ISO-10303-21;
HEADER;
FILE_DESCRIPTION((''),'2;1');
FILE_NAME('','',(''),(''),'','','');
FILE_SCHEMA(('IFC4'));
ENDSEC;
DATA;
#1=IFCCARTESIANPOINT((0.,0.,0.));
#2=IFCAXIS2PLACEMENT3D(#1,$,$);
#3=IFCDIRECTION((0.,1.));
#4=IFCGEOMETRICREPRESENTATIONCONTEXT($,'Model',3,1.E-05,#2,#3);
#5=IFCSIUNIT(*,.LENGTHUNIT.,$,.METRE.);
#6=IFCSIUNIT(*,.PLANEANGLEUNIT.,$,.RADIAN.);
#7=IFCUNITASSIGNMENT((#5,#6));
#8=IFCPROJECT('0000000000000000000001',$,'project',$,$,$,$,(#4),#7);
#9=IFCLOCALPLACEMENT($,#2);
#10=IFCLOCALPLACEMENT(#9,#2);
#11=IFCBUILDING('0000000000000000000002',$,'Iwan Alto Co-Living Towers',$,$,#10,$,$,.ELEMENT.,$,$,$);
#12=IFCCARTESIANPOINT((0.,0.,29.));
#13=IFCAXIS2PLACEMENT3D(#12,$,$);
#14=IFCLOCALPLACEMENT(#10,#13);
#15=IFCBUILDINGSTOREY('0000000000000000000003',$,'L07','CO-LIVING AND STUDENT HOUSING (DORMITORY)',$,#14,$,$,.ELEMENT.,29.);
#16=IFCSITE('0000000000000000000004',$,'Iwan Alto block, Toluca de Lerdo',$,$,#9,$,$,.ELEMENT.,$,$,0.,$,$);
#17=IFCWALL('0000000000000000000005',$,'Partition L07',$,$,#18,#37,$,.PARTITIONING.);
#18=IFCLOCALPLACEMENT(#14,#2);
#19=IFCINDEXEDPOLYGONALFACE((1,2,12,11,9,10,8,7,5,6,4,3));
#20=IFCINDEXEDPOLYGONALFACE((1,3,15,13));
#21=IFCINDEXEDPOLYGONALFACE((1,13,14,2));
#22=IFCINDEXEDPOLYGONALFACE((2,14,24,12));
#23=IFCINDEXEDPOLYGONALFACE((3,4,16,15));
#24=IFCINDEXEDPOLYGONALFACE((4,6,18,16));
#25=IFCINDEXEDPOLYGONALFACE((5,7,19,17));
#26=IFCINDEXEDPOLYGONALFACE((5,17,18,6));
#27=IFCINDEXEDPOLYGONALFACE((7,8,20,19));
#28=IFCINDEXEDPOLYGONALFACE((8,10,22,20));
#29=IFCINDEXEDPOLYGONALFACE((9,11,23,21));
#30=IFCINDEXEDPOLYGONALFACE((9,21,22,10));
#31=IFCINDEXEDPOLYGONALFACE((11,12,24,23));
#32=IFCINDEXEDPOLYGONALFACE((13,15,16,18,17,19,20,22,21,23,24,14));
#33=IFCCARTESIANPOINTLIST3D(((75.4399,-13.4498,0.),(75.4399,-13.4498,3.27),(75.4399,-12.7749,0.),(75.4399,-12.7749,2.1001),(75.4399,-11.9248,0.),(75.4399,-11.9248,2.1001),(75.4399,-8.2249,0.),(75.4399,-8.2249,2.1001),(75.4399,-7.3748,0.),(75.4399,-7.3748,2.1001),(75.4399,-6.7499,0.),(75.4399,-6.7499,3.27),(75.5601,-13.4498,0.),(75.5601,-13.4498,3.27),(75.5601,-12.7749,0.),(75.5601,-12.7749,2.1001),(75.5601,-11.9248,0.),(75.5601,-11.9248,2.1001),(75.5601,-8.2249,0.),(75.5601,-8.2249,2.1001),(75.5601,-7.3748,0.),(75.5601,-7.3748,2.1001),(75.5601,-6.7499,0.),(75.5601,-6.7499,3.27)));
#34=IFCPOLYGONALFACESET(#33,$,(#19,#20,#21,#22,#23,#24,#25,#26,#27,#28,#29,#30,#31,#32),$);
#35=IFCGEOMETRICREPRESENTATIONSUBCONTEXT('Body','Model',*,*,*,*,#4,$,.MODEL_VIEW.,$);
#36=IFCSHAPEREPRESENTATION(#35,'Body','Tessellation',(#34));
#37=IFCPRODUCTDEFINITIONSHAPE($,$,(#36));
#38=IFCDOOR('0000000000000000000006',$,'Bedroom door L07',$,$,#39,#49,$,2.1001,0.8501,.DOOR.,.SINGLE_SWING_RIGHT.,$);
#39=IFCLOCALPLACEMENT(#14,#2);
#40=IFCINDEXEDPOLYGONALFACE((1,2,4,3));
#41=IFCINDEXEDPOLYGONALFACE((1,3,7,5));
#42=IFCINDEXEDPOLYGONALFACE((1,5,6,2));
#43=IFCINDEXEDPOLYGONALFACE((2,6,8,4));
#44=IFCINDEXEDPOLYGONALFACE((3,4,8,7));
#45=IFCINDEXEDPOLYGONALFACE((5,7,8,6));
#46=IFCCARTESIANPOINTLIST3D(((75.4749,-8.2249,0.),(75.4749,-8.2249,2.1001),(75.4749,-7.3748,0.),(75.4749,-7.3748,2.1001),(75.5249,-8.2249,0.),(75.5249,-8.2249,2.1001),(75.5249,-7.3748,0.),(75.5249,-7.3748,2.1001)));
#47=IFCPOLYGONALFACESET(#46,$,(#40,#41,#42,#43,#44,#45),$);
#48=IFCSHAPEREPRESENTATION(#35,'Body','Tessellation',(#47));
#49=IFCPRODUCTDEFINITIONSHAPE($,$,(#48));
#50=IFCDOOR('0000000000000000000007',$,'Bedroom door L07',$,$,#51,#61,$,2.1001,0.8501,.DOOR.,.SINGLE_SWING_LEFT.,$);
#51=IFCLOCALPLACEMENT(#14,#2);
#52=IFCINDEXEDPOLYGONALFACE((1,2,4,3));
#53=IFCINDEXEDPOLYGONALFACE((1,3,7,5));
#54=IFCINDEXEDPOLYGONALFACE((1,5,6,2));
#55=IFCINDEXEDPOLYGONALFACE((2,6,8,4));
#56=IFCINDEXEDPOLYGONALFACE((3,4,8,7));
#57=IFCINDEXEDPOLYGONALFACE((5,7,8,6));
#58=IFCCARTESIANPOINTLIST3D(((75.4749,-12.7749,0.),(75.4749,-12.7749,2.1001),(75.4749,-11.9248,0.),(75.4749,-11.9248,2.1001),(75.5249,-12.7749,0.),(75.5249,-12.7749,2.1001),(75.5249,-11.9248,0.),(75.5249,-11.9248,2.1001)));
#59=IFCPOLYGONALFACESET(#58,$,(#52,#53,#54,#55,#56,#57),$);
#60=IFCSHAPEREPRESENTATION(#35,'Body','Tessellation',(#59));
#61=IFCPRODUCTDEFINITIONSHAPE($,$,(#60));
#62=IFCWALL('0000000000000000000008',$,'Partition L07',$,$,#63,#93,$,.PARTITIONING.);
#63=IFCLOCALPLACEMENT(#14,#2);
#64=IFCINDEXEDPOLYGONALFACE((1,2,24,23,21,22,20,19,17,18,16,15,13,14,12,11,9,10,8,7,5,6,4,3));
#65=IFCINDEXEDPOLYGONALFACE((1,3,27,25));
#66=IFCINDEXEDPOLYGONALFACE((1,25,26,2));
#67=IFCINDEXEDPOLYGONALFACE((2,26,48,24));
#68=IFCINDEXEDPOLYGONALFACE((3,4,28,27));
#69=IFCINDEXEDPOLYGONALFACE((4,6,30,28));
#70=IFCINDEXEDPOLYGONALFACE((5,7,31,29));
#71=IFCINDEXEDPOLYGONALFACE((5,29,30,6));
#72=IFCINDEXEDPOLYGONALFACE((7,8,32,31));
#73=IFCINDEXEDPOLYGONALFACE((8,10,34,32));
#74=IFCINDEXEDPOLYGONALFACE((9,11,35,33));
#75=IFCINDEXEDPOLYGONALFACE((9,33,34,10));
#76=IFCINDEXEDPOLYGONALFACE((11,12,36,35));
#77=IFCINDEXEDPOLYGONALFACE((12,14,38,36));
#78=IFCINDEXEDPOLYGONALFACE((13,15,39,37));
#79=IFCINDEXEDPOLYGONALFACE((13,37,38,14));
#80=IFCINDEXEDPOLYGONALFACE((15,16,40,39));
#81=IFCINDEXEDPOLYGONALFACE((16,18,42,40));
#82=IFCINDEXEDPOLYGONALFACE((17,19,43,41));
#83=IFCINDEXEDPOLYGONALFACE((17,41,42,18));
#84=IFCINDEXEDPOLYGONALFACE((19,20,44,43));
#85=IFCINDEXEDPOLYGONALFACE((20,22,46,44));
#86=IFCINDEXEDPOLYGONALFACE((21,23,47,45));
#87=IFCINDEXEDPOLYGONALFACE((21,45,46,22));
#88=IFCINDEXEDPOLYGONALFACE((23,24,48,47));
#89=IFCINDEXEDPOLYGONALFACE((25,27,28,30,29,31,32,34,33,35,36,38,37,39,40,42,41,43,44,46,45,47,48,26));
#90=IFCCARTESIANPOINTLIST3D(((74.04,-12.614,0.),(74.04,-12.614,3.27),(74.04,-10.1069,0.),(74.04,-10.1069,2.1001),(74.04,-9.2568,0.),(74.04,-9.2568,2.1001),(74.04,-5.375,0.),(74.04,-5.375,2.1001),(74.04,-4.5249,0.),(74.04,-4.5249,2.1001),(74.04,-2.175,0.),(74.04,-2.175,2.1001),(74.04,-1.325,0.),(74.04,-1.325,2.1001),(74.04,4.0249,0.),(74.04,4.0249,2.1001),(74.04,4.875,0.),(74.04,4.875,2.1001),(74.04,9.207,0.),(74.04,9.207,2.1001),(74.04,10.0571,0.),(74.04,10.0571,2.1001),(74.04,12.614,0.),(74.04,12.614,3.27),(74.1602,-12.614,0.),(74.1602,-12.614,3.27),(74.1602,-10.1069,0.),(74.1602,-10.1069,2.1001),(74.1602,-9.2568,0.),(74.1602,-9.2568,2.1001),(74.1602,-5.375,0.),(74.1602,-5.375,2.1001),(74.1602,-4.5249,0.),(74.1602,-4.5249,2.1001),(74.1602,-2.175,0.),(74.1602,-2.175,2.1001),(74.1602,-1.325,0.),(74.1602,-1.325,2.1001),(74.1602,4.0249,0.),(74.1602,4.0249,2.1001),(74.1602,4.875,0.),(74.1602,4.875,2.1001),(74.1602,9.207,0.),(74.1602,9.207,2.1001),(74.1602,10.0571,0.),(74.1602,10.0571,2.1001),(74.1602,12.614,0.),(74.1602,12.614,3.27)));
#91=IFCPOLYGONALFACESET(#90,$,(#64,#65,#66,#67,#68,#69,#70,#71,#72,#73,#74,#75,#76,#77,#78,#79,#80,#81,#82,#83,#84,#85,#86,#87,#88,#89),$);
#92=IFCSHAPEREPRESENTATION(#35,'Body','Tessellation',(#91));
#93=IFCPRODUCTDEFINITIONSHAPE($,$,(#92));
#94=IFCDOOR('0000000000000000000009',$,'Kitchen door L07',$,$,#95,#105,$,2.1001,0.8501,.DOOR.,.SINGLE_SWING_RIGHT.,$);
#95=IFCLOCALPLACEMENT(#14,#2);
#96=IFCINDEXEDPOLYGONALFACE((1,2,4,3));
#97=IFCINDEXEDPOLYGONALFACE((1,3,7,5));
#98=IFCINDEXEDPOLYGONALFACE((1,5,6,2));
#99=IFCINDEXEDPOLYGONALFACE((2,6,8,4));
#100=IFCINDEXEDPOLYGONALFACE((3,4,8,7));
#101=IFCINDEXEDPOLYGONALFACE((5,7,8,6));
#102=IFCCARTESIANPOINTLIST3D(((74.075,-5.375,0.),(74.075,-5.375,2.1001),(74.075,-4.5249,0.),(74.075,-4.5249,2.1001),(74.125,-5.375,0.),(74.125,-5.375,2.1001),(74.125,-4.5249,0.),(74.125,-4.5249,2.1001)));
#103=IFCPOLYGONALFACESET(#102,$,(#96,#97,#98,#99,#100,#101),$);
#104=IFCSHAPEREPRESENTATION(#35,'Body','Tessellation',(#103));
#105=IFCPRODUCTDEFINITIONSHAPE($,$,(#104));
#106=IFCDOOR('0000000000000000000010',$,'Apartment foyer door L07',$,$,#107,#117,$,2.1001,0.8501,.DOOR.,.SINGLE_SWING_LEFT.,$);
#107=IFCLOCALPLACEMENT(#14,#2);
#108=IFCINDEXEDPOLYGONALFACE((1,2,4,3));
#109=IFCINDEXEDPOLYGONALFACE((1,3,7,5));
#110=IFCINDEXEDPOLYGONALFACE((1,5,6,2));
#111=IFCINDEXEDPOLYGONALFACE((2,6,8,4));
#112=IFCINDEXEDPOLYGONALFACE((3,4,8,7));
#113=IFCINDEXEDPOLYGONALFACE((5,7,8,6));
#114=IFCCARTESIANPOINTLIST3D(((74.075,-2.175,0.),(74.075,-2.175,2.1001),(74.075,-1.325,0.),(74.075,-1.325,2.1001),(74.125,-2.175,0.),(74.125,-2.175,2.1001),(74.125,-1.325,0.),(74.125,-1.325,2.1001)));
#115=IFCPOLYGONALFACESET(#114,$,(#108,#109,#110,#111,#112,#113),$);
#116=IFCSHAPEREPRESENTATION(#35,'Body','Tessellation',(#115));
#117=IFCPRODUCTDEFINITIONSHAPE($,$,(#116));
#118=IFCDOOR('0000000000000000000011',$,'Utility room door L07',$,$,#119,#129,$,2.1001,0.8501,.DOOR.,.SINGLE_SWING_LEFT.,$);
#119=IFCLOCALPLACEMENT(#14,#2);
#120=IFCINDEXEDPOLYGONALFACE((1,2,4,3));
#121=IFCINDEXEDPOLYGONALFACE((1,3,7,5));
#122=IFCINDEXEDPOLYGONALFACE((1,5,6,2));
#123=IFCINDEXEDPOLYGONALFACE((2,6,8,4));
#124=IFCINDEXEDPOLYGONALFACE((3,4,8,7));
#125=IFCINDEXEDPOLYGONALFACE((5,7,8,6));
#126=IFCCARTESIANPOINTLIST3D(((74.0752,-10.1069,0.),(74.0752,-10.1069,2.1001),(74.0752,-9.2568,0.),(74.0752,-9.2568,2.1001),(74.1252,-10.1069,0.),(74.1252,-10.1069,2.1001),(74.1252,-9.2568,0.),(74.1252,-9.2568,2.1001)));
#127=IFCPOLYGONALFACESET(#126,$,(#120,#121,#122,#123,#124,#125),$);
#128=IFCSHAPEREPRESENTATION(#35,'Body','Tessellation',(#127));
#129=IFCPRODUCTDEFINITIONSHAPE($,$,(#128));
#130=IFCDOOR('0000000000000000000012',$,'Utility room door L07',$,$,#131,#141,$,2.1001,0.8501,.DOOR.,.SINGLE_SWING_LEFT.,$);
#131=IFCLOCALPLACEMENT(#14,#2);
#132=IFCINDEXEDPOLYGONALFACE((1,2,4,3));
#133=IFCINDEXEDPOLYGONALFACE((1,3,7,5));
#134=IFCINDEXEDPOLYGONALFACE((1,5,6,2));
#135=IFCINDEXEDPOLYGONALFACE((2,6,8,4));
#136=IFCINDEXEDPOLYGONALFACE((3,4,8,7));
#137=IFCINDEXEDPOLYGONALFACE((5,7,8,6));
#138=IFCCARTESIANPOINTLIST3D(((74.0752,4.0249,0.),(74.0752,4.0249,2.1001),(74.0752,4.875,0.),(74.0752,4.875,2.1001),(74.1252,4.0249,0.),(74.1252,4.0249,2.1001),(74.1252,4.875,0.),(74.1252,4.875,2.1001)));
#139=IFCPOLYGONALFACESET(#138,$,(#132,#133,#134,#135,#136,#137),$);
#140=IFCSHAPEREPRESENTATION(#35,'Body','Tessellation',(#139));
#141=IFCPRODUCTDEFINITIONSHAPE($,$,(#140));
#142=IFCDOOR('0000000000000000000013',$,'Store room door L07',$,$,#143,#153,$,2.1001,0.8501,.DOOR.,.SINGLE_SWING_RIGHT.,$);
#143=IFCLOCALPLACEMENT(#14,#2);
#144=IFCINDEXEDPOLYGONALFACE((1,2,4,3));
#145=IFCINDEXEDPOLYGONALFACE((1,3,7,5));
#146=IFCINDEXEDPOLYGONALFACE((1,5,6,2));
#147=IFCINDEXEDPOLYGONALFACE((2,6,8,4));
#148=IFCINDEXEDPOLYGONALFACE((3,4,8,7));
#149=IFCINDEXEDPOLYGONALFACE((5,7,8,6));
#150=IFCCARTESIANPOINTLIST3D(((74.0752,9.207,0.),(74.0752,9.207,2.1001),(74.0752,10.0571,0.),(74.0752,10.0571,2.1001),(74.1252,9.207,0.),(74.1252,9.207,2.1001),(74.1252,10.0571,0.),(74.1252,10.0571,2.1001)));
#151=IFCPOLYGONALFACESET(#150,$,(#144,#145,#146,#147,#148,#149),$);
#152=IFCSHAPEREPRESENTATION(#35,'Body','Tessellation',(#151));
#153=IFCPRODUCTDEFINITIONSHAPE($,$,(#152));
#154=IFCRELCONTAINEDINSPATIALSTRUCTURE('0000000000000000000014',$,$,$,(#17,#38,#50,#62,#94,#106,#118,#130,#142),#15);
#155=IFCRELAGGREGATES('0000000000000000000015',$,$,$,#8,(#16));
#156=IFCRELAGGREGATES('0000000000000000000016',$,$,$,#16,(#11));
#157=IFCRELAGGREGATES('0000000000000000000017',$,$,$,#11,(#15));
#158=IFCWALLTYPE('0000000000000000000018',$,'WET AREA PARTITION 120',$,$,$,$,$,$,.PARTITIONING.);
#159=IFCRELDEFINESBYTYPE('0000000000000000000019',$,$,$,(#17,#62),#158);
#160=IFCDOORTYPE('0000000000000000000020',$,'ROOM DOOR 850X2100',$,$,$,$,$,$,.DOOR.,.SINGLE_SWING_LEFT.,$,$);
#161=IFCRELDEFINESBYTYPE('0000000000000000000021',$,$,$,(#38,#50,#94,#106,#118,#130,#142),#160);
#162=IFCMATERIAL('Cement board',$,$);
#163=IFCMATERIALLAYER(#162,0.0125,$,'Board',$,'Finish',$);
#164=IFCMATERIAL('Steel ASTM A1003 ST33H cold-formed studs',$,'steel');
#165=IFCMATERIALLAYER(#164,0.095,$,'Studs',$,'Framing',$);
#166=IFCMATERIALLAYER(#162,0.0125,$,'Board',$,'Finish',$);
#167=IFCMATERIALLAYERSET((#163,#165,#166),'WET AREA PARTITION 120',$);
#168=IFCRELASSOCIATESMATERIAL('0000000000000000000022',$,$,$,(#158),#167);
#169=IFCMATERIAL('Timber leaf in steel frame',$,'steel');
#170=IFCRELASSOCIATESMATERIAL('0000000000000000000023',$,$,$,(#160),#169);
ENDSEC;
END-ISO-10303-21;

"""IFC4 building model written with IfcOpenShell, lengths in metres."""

from ifc_helpers import new_model, si_unit, direction, frame, frame_2d, origin, place, context, subcontext, project, spatial, rectangle, extrude, material, layer, layer_set, type_object, element, fill, save


model = new_model("IFC4")

# Units and contexts
model_context = context("Model", 3, precision=1e-05, world=origin(), true_north=direction((0.0, 1.0)))
body_context = subcontext(model_context, "Body", "Model", "MODEL_VIEW")
ifc_project = project(units=[si_unit("LENGTHUNIT", "METRE"), si_unit("PLANEANGLEUNIT", "RADIAN")], contexts=[model_context])

# Site, building, storey
site_placement = place(None, origin())
site = spatial("IfcSite", under=ifc_project, at=site_placement, Name="Iwan Alto block, Toluca de Lerdo", CompositionType="ELEMENT", RefElevation=0.0)
building_placement = place(site_placement, origin())
building = spatial("IfcBuilding", under=site, at=building_placement, Name="Iwan Alto Co-Living Towers", CompositionType="ELEMENT")
storey_placement = place(building_placement, frame((0.0, 0.0, 29.0)))
storey = spatial("IfcBuildingStorey", under=building, at=storey_placement, Name="L07", Description="CO-LIVING AND STUDENT HOUSING (DORMITORY)", CompositionType="ELEMENT", Elevation=29.0)

# Shared definitions
ifc_material_1 = material(Name="Steel ASTM A1003 ST33H cold-formed studs", Category="steel")
ifc_material_2 = material(Name="Cement board")
ifc_layer_1 = layer(ifc_material_2, 0.0125, Name="Board", Category="Finish")
ifc_layer_2 = layer(ifc_material_1, 0.095, Name="Studs", Category="Framing")
ifc_layer_3 = layer(ifc_material_2, 0.0125, Name="Board", Category="Finish")
ifc_layer_set_1 = layer_set([ifc_layer_1, ifc_layer_2, ifc_layer_3], Name="WET AREA PARTITION 120")
wall_type_1 = type_object("IfcWallType", Name="WET AREA PARTITION 120", PredefinedType="PARTITIONING", material=ifc_layer_set_1)

# Shared definitions
ifc_material_3 = material(Name="Timber leaf in steel frame", Category="steel")
door_type = type_object("IfcDoorType", Name="ROOM DOOR 850X2100", OperationType="SINGLE_SWING_LEFT", PredefinedType="DOOR", material=ifc_material_3)

# Walls, openings, doors
wall_1_placement = place(storey_placement, frame((75.5, -13.45, 0.0), z_axis=(0.0, 0.0, 1.0), x_axis=(0.0, 1.0, 0.0)))
wall_1 = element("IfcWall", 1, at=wall_1_placement, inside=storey, type_object=wall_type_1, Name="Partition L07", PredefinedType="PARTITIONING", context=body_context, shape_type="SweptSolid", body=[
    extrude(rectangle(XDim=6.7, YDim=0.1201, at=frame_2d((3.3501, 0.0))), origin(), (0.0, 0.0, 1.0), 3.27),
])
opening_1_placement = place(wall_1_placement, frame((5.2251, 0.0, 0.0)))
opening_1 = element("IfcOpeningElement", 2, at=opening_1_placement, cuts=wall_1, PredefinedType="OPENING", context=body_context, shape_type="SweptSolid", body=[
    extrude(rectangle(XDim=0.8501, YDim=2.1001, at=frame_2d((0.425, 1.05))), frame((0.0, 0.0701, 0.0), z_axis=(0.0, -1.0, 0.0), x_axis=(1.0, 0.0, 0.0)), (0.0, 0.0, 1.0), 0.1401),
])
opening_2_placement = place(wall_1_placement, frame((0.675, 0.0, 0.0)))
opening_2 = element("IfcOpeningElement", 3, at=opening_2_placement, cuts=wall_1, PredefinedType="OPENING", context=body_context, shape_type="SweptSolid", body=[
    extrude(rectangle(XDim=0.8501, YDim=2.1001, at=frame_2d((0.425, 1.05))), frame((0.0, 0.0701, 0.0), z_axis=(0.0, -1.0, 0.0), x_axis=(1.0, 0.0, 0.0)), (0.0, 0.0, 1.0), 0.1401),
])
door_1_placement = place(opening_1_placement, frame((0.8501, 0.0, 0.0), z_axis=(0.0, 0.0, 1.0), x_axis=(-1.0, 0.0, 0.0)))
door_1 = element("IfcDoor", 4, at=door_1_placement, inside=storey, type_object=door_type, Name="Bedroom door L07", OperationType="SINGLE_SWING_RIGHT", OverallHeight=2.1001, OverallWidth=0.8501, PredefinedType="DOOR", context=body_context, shape_type="SweptSolid", body=[
    extrude(rectangle(XDim=0.8501, YDim=2.1001, at=frame_2d((0.425, 1.05))), frame((0.0, 0.0249, 0.0), z_axis=(0.0, -1.0, 0.0), x_axis=(1.0, 0.0, 0.0)), (0.0, 0.0, 1.0), 0.05),
])
fill(opening_1, door_1)
door_2_placement = place(opening_2_placement, frame((0.8501, 0.0, 0.0), z_axis=(0.0, 0.0, 1.0), x_axis=(-1.0, 0.0, 0.0)))
door_2 = element("IfcDoor", 5, at=door_2_placement, inside=storey, type_object=door_type, Name="Bedroom door L07", OperationType="SINGLE_SWING_LEFT", OverallHeight=2.1001, OverallWidth=0.8501, PredefinedType="DOOR", context=body_context, shape_type="SweptSolid", body=[
    extrude(rectangle(XDim=0.8501, YDim=2.1001, at=frame_2d((0.425, 1.05))), frame((0.0, 0.0249, 0.0), z_axis=(0.0, -1.0, 0.0), x_axis=(1.0, 0.0, 0.0)), (0.0, 0.0, 1.0), 0.05),
])
fill(opening_2, door_2)
wall_2_placement = place(storey_placement, frame((74.1001, -12.614, 0.0), z_axis=(0.0, 0.0, 1.0), x_axis=(0.0, 1.0, 0.0)))
wall_2 = element("IfcWall", 6, at=wall_2_placement, inside=storey, type_object=wall_type_1, Name="Partition L07", PredefinedType="PARTITIONING", context=body_context, shape_type="SweptSolid", body=[
    extrude(rectangle(XDim=25.228, YDim=0.1201, at=frame_2d((12.614, 0.0))), origin(), (0.0, 0.0, 1.0), 3.27),
])
opening_3_placement = place(wall_2_placement, frame((7.239, 0.0, 0.0)))
opening_3 = element("IfcOpeningElement", 7, at=opening_3_placement, cuts=wall_2, PredefinedType="OPENING", context=body_context, shape_type="SweptSolid", body=[
    extrude(rectangle(XDim=0.8501, YDim=2.1001, at=frame_2d((0.425, 1.05))), frame((0.0, 0.0701, 0.0), z_axis=(0.0, -1.0, 0.0), x_axis=(1.0, 0.0, 0.0)), (0.0, 0.0, 1.0), 0.1401),
])
opening_4_placement = place(wall_2_placement, frame((10.439, 0.0, 0.0)))
opening_4 = element("IfcOpeningElement", 8, at=opening_4_placement, cuts=wall_2, PredefinedType="OPENING", context=body_context, shape_type="SweptSolid", body=[
    extrude(rectangle(XDim=0.8501, YDim=2.1001, at=frame_2d((0.425, 1.05))), frame((0.0, 0.0701, 0.0), z_axis=(0.0, -1.0, 0.0), x_axis=(1.0, 0.0, 0.0)), (0.0, 0.0, 1.0), 0.1401),
])
opening_5_placement = place(wall_2_placement, frame((2.5071, 0.0, 0.0)))
opening_5 = element("IfcOpeningElement", 9, at=opening_5_placement, cuts=wall_2, PredefinedType="OPENING", context=body_context, shape_type="SweptSolid", body=[
    extrude(rectangle(XDim=0.8501, YDim=2.1001, at=frame_2d((0.425, 1.05))), frame((0.0, 0.0701, 0.0), z_axis=(0.0, -1.0, 0.0), x_axis=(1.0, 0.0, 0.0)), (0.0, 0.0, 1.0), 0.1401),
])
opening_6_placement = place(wall_2_placement, frame((16.6389, 0.0, 0.0)))
opening_6 = element("IfcOpeningElement", 10, at=opening_6_placement, cuts=wall_2, PredefinedType="OPENING", context=body_context, shape_type="SweptSolid", body=[
    extrude(rectangle(XDim=0.8501, YDim=2.1001, at=frame_2d((0.425, 1.05))), frame((0.0, 0.0701, 0.0), z_axis=(0.0, -1.0, 0.0), x_axis=(1.0, 0.0, 0.0)), (0.0, 0.0, 1.0), 0.1401),
])
opening_7_placement = place(wall_2_placement, frame((21.821, 0.0, 0.0)))
opening_7 = element("IfcOpeningElement", 11, at=opening_7_placement, cuts=wall_2, PredefinedType="OPENING", context=body_context, shape_type="SweptSolid", body=[
    extrude(rectangle(XDim=0.8501, YDim=2.1001, at=frame_2d((0.425, 1.05))), frame((0.0, 0.0701, 0.0), z_axis=(0.0, -1.0, 0.0), x_axis=(1.0, 0.0, 0.0)), (0.0, 0.0, 1.0), 0.1401),
])
door_3_placement = place(opening_3_placement, frame((0.8501, 0.0, 0.0), z_axis=(0.0, 0.0, 1.0), x_axis=(-1.0, 0.0, 0.0)))
door_3 = element("IfcDoor", 12, at=door_3_placement, inside=storey, type_object=door_type, Name="Kitchen door L07", OperationType="SINGLE_SWING_RIGHT", OverallHeight=2.1001, OverallWidth=0.8501, PredefinedType="DOOR", context=body_context, shape_type="SweptSolid", body=[
    extrude(rectangle(XDim=0.8501, YDim=2.1001, at=frame_2d((0.425, 1.05))), frame((0.0, 0.0249, 0.0), z_axis=(0.0, -1.0, 0.0), x_axis=(1.0, 0.0, 0.0)), (0.0, 0.0, 1.0), 0.05),
])
fill(opening_3, door_3)
door_4_placement = place(opening_4_placement, frame((0.8501, 0.0, 0.0), z_axis=(0.0, 0.0, 1.0), x_axis=(-1.0, 0.0, 0.0)))
door_4 = element("IfcDoor", 13, at=door_4_placement, inside=storey, type_object=door_type, Name="Apartment foyer door L07", OperationType="SINGLE_SWING_LEFT", OverallHeight=2.1001, OverallWidth=0.8501, PredefinedType="DOOR", context=body_context, shape_type="SweptSolid", body=[
    extrude(rectangle(XDim=0.8501, YDim=2.1001, at=frame_2d((0.425, 1.05))), frame((0.0, 0.0249, 0.0), z_axis=(0.0, -1.0, 0.0), x_axis=(1.0, 0.0, 0.0)), (0.0, 0.0, 1.0), 0.05),
])
fill(opening_4, door_4)
door_5_placement = place(opening_5_placement, origin())
door_5 = element("IfcDoor", 14, at=door_5_placement, inside=storey, type_object=door_type, Name="Utility room door L07", OperationType="SINGLE_SWING_LEFT", OverallHeight=2.1001, OverallWidth=0.8501, PredefinedType="DOOR", context=body_context, shape_type="SweptSolid", body=[
    extrude(rectangle(XDim=0.8501, YDim=2.1001, at=frame_2d((0.425, 1.05))), frame((0.0, 0.0249, 0.0), z_axis=(0.0, -1.0, 0.0), x_axis=(1.0, 0.0, 0.0)), (0.0, 0.0, 1.0), 0.05),
])
fill(opening_5, door_5)
door_6_placement = place(opening_6_placement, origin())
door_6 = element("IfcDoor", 15, at=door_6_placement, inside=storey, type_object=door_type, Name="Utility room door L07", OperationType="SINGLE_SWING_LEFT", OverallHeight=2.1001, OverallWidth=0.8501, PredefinedType="DOOR", context=body_context, shape_type="SweptSolid", body=[
    extrude(rectangle(XDim=0.8501, YDim=2.1001, at=frame_2d((0.425, 1.05))), frame((0.0, 0.0249, 0.0), z_axis=(0.0, -1.0, 0.0), x_axis=(1.0, 0.0, 0.0)), (0.0, 0.0, 1.0), 0.05),
])
fill(opening_6, door_6)
door_7_placement = place(opening_7_placement, origin())
door_7 = element("IfcDoor", 16, at=door_7_placement, inside=storey, type_object=door_type, Name="Store room door L07", OperationType="SINGLE_SWING_RIGHT", OverallHeight=2.1001, OverallWidth=0.8501, PredefinedType="DOOR", context=body_context, shape_type="SweptSolid", body=[
    extrude(rectangle(XDim=0.8501, YDim=2.1001, at=frame_2d((0.425, 1.05))), frame((0.0, 0.0249, 0.0), z_axis=(0.0, -1.0, 0.0), x_axis=(1.0, 0.0, 0.0)), (0.0, 0.0, 1.0), 0.05),
])
fill(opening_7, door_7)

save(model, "model.ifc")
